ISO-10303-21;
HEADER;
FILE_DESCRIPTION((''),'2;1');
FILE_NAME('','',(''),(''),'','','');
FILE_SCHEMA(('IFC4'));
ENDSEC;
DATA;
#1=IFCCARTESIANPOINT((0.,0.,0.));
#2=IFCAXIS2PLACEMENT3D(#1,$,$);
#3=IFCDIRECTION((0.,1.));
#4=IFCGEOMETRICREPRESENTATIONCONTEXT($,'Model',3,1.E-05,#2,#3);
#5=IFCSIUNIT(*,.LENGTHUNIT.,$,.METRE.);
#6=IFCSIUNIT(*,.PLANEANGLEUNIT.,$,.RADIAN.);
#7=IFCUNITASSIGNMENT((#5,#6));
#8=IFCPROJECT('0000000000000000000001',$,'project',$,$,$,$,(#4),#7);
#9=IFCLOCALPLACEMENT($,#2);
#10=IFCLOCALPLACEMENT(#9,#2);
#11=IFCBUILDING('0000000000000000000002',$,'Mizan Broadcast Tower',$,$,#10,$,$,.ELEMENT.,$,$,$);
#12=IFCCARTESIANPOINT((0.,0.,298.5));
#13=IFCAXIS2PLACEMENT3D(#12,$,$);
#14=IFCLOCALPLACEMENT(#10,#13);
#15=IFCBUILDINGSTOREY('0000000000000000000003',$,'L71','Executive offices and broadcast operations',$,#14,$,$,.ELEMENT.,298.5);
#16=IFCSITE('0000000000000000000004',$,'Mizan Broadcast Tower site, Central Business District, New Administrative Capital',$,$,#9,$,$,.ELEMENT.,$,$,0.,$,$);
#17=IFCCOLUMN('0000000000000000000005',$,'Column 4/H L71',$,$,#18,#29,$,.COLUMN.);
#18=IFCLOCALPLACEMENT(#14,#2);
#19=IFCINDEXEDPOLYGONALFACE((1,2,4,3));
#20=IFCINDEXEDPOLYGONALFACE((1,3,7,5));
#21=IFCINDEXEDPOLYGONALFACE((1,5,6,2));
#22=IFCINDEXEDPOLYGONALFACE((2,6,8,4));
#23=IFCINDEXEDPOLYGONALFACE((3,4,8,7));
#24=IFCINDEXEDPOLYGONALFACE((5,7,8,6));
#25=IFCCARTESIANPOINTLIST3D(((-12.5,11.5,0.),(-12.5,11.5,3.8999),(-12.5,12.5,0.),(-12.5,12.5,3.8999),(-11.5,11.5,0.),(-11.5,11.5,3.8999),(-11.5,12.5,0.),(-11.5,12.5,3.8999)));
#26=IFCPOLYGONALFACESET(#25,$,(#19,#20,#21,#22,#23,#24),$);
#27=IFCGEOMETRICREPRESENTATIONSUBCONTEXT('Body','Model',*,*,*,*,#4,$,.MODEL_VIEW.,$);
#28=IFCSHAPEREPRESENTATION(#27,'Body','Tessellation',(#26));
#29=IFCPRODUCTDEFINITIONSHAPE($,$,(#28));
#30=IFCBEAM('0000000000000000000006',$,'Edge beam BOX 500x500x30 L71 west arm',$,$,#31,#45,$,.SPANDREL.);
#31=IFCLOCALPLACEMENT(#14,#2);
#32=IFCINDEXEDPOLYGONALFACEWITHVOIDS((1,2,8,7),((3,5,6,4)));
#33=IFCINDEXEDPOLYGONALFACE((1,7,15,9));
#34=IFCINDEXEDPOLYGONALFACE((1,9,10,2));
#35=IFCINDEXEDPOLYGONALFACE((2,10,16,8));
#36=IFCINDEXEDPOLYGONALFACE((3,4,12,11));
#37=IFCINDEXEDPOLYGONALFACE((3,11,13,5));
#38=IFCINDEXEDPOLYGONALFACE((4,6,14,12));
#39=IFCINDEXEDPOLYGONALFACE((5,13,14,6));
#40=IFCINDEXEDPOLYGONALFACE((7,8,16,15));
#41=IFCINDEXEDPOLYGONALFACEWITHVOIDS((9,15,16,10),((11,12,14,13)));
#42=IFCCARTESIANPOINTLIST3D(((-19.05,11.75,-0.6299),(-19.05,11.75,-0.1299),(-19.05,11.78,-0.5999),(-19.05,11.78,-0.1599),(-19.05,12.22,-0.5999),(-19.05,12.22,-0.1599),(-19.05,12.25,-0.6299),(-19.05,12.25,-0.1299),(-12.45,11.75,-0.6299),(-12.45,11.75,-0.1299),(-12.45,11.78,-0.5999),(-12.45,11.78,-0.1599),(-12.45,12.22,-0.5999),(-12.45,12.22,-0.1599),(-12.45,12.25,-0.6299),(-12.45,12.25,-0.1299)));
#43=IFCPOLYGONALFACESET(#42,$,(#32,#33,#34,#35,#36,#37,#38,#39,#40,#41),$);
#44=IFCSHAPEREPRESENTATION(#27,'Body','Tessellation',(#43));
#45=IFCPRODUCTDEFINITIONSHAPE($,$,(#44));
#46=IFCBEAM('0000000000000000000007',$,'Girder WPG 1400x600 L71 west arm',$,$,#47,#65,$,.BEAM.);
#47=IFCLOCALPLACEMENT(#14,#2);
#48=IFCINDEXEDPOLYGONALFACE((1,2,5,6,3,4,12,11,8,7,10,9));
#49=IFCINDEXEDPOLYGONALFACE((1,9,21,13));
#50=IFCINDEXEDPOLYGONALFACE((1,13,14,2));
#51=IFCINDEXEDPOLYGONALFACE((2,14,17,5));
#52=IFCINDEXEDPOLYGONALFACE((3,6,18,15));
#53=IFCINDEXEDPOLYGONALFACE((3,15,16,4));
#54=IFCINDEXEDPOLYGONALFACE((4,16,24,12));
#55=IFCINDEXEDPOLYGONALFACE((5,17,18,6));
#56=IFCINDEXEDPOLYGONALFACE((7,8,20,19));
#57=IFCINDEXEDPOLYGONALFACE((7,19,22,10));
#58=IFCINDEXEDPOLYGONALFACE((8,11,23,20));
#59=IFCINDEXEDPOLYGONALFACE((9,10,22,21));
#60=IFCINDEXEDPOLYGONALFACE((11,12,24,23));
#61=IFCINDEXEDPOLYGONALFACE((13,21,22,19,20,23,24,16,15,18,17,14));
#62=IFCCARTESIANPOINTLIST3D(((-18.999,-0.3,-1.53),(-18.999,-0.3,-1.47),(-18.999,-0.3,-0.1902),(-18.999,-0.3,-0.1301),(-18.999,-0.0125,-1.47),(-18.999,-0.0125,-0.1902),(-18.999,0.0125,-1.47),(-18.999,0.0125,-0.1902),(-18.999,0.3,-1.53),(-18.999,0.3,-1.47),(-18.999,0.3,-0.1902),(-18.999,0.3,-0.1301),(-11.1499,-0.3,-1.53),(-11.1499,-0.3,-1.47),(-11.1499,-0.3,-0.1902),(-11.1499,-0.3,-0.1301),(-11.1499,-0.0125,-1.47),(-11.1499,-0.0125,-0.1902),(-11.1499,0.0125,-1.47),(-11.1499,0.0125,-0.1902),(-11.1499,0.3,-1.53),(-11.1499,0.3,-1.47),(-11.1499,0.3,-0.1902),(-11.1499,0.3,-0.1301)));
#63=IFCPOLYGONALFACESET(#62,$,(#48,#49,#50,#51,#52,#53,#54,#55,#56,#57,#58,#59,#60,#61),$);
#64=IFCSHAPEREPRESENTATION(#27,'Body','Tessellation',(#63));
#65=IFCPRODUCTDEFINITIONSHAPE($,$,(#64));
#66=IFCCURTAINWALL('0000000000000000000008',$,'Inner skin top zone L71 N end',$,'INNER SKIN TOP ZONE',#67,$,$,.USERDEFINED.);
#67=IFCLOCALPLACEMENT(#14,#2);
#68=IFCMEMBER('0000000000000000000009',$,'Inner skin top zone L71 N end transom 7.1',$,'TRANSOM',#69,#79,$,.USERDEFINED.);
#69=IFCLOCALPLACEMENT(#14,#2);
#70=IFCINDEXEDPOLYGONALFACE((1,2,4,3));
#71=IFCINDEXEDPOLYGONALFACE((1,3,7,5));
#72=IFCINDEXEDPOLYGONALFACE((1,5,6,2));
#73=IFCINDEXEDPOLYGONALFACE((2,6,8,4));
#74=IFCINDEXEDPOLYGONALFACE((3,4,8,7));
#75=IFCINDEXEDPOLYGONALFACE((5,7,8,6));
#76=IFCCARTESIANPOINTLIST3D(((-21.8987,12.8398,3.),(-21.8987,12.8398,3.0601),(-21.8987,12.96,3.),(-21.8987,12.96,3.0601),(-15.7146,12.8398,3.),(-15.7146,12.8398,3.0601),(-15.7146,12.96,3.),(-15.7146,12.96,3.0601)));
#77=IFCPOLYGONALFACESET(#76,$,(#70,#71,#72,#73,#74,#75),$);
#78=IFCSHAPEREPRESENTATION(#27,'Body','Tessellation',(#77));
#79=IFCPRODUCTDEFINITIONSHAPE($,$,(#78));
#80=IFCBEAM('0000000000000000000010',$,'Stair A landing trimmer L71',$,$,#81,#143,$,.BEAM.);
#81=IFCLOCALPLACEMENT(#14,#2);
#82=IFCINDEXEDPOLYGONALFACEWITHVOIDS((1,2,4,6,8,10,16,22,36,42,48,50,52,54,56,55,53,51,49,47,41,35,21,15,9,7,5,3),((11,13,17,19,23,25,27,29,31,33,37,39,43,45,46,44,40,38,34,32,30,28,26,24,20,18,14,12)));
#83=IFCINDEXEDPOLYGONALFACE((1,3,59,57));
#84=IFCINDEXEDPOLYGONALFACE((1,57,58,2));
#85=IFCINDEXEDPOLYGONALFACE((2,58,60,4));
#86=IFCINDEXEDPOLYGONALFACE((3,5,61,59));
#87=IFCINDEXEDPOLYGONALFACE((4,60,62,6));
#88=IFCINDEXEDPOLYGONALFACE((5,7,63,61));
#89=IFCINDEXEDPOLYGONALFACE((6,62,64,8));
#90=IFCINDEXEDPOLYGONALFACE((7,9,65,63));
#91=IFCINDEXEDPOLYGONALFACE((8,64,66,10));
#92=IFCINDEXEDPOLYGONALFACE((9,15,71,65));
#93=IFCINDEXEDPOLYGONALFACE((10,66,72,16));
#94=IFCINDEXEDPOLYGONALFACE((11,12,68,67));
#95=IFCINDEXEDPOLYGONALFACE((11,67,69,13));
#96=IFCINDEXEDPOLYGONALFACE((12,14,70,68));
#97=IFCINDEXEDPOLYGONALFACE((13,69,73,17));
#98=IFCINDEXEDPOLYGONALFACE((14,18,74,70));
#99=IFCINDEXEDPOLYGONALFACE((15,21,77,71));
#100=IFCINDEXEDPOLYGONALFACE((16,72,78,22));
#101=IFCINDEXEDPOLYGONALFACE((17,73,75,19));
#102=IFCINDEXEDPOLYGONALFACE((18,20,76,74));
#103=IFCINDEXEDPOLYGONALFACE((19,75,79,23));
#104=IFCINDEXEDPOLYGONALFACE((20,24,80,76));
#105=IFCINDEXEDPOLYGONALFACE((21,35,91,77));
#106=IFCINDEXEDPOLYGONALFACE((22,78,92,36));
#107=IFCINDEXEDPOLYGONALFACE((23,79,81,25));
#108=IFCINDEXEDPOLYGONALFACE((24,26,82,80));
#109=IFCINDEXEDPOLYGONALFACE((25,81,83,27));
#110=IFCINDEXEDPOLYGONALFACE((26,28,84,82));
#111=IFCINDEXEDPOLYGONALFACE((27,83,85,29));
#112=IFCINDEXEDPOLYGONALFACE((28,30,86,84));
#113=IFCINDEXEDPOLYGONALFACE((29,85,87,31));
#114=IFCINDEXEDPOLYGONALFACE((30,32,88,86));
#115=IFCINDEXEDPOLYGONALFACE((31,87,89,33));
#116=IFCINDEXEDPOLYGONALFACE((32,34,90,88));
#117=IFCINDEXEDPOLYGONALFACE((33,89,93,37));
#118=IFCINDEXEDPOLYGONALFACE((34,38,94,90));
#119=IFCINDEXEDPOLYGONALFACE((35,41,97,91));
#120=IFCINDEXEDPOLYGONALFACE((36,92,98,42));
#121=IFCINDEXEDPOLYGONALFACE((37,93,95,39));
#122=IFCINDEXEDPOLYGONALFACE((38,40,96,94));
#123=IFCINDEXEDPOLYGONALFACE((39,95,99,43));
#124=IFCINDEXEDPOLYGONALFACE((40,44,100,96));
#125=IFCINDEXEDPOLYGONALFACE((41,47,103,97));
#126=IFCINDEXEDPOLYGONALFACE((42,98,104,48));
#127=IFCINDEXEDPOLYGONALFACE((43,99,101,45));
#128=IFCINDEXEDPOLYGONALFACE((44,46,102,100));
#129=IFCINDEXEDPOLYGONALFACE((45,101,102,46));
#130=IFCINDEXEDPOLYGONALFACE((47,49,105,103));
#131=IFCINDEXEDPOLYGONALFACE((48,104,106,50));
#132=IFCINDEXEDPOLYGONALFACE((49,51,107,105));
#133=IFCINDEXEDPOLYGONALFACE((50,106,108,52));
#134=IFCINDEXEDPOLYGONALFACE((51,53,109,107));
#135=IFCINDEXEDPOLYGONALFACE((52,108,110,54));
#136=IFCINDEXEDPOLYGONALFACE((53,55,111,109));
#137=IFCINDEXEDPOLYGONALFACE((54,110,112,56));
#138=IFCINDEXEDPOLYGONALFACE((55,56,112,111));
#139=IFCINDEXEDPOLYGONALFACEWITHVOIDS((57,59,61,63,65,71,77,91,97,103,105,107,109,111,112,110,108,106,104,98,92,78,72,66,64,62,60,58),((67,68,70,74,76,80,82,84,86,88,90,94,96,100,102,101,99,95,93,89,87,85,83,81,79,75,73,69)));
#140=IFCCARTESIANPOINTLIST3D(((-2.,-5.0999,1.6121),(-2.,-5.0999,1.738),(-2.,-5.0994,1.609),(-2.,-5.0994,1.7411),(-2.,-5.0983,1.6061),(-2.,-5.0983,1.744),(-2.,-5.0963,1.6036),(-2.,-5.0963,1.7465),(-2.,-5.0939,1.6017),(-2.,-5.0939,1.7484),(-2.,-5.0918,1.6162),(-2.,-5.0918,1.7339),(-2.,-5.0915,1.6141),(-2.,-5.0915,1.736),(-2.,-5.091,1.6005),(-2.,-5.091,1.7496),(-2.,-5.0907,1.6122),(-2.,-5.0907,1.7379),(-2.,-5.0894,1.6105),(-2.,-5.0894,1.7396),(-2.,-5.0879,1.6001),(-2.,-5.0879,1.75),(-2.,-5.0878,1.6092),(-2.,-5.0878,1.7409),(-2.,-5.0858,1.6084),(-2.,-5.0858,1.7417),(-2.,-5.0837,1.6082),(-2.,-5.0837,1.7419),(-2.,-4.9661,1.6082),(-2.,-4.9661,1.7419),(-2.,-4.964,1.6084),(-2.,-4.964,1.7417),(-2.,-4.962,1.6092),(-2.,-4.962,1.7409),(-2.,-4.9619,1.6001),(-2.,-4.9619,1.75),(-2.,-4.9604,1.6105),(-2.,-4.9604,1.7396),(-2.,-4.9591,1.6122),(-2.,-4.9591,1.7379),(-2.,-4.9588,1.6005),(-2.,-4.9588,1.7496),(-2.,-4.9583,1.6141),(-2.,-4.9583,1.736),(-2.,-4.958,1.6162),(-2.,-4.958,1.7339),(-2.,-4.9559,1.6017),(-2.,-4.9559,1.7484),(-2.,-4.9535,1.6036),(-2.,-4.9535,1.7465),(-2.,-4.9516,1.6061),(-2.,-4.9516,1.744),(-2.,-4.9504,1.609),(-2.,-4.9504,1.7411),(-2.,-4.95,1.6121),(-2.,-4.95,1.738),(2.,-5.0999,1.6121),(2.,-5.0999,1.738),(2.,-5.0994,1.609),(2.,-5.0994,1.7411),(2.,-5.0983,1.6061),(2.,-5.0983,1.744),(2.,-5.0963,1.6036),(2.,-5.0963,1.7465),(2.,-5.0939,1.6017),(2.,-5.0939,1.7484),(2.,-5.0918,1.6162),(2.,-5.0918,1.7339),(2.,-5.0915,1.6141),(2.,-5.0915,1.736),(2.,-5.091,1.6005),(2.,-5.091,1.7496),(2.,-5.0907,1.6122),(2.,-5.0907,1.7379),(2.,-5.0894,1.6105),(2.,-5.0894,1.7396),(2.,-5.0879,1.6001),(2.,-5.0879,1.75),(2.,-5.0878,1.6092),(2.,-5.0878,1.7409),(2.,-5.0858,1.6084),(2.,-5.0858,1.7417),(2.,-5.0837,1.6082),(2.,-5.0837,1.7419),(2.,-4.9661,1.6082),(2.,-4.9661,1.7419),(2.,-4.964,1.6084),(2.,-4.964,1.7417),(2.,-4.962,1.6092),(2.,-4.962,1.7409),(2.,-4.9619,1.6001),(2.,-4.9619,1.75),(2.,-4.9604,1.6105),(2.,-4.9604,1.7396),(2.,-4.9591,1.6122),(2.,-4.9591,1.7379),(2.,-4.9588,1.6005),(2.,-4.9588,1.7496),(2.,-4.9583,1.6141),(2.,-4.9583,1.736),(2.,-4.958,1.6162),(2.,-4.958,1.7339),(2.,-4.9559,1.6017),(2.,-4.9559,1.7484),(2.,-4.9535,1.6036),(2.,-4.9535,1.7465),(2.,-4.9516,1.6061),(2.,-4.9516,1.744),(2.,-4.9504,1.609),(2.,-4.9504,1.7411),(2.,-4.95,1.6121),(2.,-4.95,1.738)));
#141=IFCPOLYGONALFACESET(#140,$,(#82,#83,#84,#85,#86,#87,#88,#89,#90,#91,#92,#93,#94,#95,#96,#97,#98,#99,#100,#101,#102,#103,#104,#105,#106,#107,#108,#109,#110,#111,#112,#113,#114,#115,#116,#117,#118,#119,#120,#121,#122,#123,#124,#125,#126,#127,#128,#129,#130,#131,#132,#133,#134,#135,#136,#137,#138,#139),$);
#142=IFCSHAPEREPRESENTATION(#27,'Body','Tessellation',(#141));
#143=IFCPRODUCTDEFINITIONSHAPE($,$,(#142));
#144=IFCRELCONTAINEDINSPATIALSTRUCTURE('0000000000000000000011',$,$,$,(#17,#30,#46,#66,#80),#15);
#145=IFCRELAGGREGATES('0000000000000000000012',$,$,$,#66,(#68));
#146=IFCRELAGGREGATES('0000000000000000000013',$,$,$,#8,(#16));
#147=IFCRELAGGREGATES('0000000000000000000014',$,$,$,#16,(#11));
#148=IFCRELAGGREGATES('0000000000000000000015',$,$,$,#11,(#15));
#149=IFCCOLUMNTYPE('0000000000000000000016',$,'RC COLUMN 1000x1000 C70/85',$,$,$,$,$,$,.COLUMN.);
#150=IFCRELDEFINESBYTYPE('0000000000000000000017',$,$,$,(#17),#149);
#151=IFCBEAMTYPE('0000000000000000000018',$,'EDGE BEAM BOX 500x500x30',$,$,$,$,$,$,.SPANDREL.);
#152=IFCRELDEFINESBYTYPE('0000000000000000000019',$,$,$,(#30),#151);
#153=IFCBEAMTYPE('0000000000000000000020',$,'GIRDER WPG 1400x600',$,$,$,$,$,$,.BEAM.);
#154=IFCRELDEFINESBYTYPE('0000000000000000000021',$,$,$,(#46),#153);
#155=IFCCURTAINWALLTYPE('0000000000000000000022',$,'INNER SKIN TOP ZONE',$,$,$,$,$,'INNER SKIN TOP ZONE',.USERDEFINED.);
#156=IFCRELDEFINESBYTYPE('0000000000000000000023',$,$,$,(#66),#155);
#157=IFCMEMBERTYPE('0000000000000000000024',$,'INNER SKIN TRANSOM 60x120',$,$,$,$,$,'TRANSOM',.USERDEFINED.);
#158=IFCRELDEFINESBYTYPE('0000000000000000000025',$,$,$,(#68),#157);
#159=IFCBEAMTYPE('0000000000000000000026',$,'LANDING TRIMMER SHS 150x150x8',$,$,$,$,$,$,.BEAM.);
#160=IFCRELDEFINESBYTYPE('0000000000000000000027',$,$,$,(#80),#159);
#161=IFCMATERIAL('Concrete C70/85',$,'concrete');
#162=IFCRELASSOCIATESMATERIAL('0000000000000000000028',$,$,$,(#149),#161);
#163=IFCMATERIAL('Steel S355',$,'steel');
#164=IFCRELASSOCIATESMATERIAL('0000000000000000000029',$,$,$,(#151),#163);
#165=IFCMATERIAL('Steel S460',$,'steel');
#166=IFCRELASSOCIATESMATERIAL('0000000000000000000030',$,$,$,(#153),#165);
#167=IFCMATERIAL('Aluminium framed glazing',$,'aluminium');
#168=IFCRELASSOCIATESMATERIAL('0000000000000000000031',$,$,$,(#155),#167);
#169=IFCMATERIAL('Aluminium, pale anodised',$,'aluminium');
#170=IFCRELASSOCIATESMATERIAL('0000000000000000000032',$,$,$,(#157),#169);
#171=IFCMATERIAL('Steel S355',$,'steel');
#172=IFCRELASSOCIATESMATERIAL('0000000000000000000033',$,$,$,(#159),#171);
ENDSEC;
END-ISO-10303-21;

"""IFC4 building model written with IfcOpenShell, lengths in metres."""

from ifc_helpers import new_model, si_unit, direction, frame, origin, origin_2d, place, context, subcontext, project, spatial, rectangle, hollow_rectangle, i_section, extrude, material, material_profile, profile_set, type_object, element, aggregate, save


model = new_model("IFC4")

# Units and contexts
model_context = context("Model", 3, precision=1e-05, world=origin(), true_north=direction((0.0, 1.0)))
body_context = subcontext(model_context, "Body", "Model", "MODEL_VIEW")
ifc_project = project(units=[si_unit("LENGTHUNIT", "METRE"), si_unit("PLANEANGLEUNIT", "RADIAN")], contexts=[model_context])

# Site, building, storey
site_placement = place(None, origin())
site = spatial("IfcSite", under=ifc_project, at=site_placement, Name="Mizan Broadcast Tower site, Central Business District, New Administrative Capital", CompositionType="ELEMENT", RefElevation=0.0)
building_placement = place(site_placement, origin())
building = spatial("IfcBuilding", under=site, at=building_placement, Name="Mizan Broadcast Tower", CompositionType="ELEMENT")
storey_placement = place(building_placement, frame((0.0, 0.0, 298.5)))
storey = spatial("IfcBuildingStorey", under=building, at=storey_placement, Name="L71", Description="Executive offices and broadcast operations", CompositionType="ELEMENT", Elevation=298.5)

# Column
ifc_material_1 = material(Name="Concrete C70/85", Category="concrete")
ifc_material_profile_1 = material_profile(ifc_material_1, rectangle(XDim=1.0, YDim=1.0, at=origin_2d()), Name="RC 1000x1000")
ifc_profile_set_1 = profile_set([ifc_material_profile_1], Name="Concrete C70/85")
column_type = type_object("IfcColumnType", Name="RC COLUMN 1000x1000 C70/85", PredefinedType="COLUMN", material=ifc_profile_set_1)
column_placement = place(storey_placement, frame((-12.0, 12.0, 0.0), z_axis=(0.0, 0.0, 1.0), x_axis=(1.0, 0.0, 0.0)))
element("IfcColumn", 1, at=column_placement, inside=storey, type_object=column_type, Name="Column 4/H L71", PredefinedType="COLUMN", context=body_context, shape_type="SweptSolid", body=[
    extrude(rectangle(XDim=1.0, YDim=1.0, at=origin_2d()), origin(), (0.0, 0.0, 1.0), 3.8999),
])

# Beams
ifc_material_2 = material(Name="Steel S355", Category="steel")
ifc_material_profile_2 = material_profile(ifc_material_2, hollow_rectangle(XDim=0.5, YDim=0.5, WallThickness=0.03, at=origin_2d()), Name="BOX 500x500x30")
ifc_profile_set_2 = profile_set([ifc_material_profile_2], Name="Steel S355")
beam_type_1 = type_object("IfcBeamType", Name="EDGE BEAM BOX 500x500x30", PredefinedType="SPANDREL", material=ifc_profile_set_2)
beam_1_placement = place(storey_placement, frame((-12.45, 12.0, -0.3799), z_axis=(-1.0, 0.0, 0.0), x_axis=(0.0, -1.0, 0.0)))
element("IfcBeam", 2, at=beam_1_placement, inside=storey, type_object=beam_type_1, Name="Edge beam BOX 500x500x30 L71 west arm", PredefinedType="SPANDREL", context=body_context, shape_type="SweptSolid", body=[
    extrude(hollow_rectangle(XDim=0.5, YDim=0.5, WallThickness=0.03, at=origin_2d()), origin(), (0.0, 0.0, 1.0), 6.6001),
])
ifc_material_3 = material(Name="Steel S460", Category="steel")
ifc_material_profile_3 = material_profile(ifc_material_3, i_section(OverallWidth=0.6001, OverallDepth=1.3999, WebThickness=0.0249, FlangeThickness=0.0601, at=origin_2d()), Name="WPG 1400x600")
ifc_profile_set_3 = profile_set([ifc_material_profile_3], Name="Steel S460")
beam_type_2 = type_object("IfcBeamType", Name="GIRDER WPG 1400x600", PredefinedType="BEAM", material=ifc_profile_set_3)
beam_2_placement = place(storey_placement, frame((-11.1499, 0.0, -0.8301), z_axis=(-1.0, 0.0, 0.0), x_axis=(0.0, -1.0, 0.0)))
element("IfcBeam", 3, at=beam_2_placement, inside=storey, type_object=beam_type_2, Name="Girder WPG 1400x600 L71 west arm", PredefinedType="BEAM", context=body_context, shape_type="SweptSolid", body=[
    extrude(i_section(OverallWidth=0.6001, OverallDepth=1.3999, WebThickness=0.0249, FlangeThickness=0.0601, at=origin_2d()), origin(), (0.0, 0.0, 1.0), 7.8491),
])

# Curtain wall, member
ifc_material_4 = material(Name="Aluminium framed glazing", Category="aluminium")
curtain_wall_type = type_object("IfcCurtainWallType", Name="INNER SKIN TOP ZONE", ElementType="INNER SKIN TOP ZONE", PredefinedType="USERDEFINED", material=ifc_material_4)
curtain_wall_placement = place(storey_placement, origin())
curtain_wall = element("IfcCurtainWall", 4, at=curtain_wall_placement, inside=storey, type_object=curtain_wall_type, Name="Inner skin top zone L71 N end", ObjectType="INNER SKIN TOP ZONE", PredefinedType="USERDEFINED")
ifc_material_5 = material(Name="Aluminium, pale anodised", Category="aluminium")
ifc_material_profile_4 = material_profile(ifc_material_5, rectangle(XDim=0.1201, YDim=0.0601, at=origin_2d()), Name="TRANSOM 120x60")
ifc_profile_set_4 = profile_set([ifc_material_profile_4], Name="Aluminium, pale anodised")
member_type = type_object("IfcMemberType", Name="INNER SKIN TRANSOM 60x120", ElementType="TRANSOM", PredefinedType="USERDEFINED", material=ifc_profile_set_4)
member_placement = place(storey_placement, frame((-15.7146, 12.8999, 3.03), z_axis=(-1.0, 0.0, 0.0), x_axis=(0.0, -1.0, 0.0)))
member = element("IfcMember", 5, at=member_placement, type_object=member_type, Name="Inner skin top zone L71 N end transom 7.1", ObjectType="TRANSOM", PredefinedType="USERDEFINED", context=body_context, shape_type="SweptSolid", body=[
    extrude(rectangle(XDim=0.1201, YDim=0.0601, at=origin_2d()), origin(), (0.0, 0.0, 1.0), 6.1841),
])
aggregate(curtain_wall, [member])

# Beam
ifc_material_6 = material(Name="Steel S355", Category="steel")
ifc_material_profile_5 = material_profile(ifc_material_6, hollow_rectangle(XDim=0.1499, YDim=0.1499, WallThickness=0.0081, InnerFilletRadius=0.0081, OuterFilletRadius=0.012, at=origin_2d()), Name="SHS 150x150x8")
ifc_profile_set_5 = profile_set([ifc_material_profile_5], Name="Steel S355")
beam_type_3 = type_object("IfcBeamType", Name="LANDING TRIMMER SHS 150x150x8", PredefinedType="BEAM", material=ifc_profile_set_5)
for number, where, z_axis, x_axis, name in (
    (6, (-2.0, -5.0249, 1.675), (1.0, 0.0, 0.0), (0.0, 1.0, 0.0), "Stair A landing trimmer L71"),
):
    element("IfcBeam", number, at=place(storey_placement, frame(where, z_axis=z_axis, x_axis=x_axis)), inside=storey, type_object=beam_type_3, Name=name, PredefinedType="BEAM", context=body_context, shape_type="SweptSolid", body=[
        extrude(hollow_rectangle(XDim=0.1499, YDim=0.1499, WallThickness=0.0081, InnerFilletRadius=0.0081, OuterFilletRadius=0.012, at=origin_2d()), origin(), (0.0, 0.0, 1.0), 4.0),
    ])

save(model, "model.ifc")
